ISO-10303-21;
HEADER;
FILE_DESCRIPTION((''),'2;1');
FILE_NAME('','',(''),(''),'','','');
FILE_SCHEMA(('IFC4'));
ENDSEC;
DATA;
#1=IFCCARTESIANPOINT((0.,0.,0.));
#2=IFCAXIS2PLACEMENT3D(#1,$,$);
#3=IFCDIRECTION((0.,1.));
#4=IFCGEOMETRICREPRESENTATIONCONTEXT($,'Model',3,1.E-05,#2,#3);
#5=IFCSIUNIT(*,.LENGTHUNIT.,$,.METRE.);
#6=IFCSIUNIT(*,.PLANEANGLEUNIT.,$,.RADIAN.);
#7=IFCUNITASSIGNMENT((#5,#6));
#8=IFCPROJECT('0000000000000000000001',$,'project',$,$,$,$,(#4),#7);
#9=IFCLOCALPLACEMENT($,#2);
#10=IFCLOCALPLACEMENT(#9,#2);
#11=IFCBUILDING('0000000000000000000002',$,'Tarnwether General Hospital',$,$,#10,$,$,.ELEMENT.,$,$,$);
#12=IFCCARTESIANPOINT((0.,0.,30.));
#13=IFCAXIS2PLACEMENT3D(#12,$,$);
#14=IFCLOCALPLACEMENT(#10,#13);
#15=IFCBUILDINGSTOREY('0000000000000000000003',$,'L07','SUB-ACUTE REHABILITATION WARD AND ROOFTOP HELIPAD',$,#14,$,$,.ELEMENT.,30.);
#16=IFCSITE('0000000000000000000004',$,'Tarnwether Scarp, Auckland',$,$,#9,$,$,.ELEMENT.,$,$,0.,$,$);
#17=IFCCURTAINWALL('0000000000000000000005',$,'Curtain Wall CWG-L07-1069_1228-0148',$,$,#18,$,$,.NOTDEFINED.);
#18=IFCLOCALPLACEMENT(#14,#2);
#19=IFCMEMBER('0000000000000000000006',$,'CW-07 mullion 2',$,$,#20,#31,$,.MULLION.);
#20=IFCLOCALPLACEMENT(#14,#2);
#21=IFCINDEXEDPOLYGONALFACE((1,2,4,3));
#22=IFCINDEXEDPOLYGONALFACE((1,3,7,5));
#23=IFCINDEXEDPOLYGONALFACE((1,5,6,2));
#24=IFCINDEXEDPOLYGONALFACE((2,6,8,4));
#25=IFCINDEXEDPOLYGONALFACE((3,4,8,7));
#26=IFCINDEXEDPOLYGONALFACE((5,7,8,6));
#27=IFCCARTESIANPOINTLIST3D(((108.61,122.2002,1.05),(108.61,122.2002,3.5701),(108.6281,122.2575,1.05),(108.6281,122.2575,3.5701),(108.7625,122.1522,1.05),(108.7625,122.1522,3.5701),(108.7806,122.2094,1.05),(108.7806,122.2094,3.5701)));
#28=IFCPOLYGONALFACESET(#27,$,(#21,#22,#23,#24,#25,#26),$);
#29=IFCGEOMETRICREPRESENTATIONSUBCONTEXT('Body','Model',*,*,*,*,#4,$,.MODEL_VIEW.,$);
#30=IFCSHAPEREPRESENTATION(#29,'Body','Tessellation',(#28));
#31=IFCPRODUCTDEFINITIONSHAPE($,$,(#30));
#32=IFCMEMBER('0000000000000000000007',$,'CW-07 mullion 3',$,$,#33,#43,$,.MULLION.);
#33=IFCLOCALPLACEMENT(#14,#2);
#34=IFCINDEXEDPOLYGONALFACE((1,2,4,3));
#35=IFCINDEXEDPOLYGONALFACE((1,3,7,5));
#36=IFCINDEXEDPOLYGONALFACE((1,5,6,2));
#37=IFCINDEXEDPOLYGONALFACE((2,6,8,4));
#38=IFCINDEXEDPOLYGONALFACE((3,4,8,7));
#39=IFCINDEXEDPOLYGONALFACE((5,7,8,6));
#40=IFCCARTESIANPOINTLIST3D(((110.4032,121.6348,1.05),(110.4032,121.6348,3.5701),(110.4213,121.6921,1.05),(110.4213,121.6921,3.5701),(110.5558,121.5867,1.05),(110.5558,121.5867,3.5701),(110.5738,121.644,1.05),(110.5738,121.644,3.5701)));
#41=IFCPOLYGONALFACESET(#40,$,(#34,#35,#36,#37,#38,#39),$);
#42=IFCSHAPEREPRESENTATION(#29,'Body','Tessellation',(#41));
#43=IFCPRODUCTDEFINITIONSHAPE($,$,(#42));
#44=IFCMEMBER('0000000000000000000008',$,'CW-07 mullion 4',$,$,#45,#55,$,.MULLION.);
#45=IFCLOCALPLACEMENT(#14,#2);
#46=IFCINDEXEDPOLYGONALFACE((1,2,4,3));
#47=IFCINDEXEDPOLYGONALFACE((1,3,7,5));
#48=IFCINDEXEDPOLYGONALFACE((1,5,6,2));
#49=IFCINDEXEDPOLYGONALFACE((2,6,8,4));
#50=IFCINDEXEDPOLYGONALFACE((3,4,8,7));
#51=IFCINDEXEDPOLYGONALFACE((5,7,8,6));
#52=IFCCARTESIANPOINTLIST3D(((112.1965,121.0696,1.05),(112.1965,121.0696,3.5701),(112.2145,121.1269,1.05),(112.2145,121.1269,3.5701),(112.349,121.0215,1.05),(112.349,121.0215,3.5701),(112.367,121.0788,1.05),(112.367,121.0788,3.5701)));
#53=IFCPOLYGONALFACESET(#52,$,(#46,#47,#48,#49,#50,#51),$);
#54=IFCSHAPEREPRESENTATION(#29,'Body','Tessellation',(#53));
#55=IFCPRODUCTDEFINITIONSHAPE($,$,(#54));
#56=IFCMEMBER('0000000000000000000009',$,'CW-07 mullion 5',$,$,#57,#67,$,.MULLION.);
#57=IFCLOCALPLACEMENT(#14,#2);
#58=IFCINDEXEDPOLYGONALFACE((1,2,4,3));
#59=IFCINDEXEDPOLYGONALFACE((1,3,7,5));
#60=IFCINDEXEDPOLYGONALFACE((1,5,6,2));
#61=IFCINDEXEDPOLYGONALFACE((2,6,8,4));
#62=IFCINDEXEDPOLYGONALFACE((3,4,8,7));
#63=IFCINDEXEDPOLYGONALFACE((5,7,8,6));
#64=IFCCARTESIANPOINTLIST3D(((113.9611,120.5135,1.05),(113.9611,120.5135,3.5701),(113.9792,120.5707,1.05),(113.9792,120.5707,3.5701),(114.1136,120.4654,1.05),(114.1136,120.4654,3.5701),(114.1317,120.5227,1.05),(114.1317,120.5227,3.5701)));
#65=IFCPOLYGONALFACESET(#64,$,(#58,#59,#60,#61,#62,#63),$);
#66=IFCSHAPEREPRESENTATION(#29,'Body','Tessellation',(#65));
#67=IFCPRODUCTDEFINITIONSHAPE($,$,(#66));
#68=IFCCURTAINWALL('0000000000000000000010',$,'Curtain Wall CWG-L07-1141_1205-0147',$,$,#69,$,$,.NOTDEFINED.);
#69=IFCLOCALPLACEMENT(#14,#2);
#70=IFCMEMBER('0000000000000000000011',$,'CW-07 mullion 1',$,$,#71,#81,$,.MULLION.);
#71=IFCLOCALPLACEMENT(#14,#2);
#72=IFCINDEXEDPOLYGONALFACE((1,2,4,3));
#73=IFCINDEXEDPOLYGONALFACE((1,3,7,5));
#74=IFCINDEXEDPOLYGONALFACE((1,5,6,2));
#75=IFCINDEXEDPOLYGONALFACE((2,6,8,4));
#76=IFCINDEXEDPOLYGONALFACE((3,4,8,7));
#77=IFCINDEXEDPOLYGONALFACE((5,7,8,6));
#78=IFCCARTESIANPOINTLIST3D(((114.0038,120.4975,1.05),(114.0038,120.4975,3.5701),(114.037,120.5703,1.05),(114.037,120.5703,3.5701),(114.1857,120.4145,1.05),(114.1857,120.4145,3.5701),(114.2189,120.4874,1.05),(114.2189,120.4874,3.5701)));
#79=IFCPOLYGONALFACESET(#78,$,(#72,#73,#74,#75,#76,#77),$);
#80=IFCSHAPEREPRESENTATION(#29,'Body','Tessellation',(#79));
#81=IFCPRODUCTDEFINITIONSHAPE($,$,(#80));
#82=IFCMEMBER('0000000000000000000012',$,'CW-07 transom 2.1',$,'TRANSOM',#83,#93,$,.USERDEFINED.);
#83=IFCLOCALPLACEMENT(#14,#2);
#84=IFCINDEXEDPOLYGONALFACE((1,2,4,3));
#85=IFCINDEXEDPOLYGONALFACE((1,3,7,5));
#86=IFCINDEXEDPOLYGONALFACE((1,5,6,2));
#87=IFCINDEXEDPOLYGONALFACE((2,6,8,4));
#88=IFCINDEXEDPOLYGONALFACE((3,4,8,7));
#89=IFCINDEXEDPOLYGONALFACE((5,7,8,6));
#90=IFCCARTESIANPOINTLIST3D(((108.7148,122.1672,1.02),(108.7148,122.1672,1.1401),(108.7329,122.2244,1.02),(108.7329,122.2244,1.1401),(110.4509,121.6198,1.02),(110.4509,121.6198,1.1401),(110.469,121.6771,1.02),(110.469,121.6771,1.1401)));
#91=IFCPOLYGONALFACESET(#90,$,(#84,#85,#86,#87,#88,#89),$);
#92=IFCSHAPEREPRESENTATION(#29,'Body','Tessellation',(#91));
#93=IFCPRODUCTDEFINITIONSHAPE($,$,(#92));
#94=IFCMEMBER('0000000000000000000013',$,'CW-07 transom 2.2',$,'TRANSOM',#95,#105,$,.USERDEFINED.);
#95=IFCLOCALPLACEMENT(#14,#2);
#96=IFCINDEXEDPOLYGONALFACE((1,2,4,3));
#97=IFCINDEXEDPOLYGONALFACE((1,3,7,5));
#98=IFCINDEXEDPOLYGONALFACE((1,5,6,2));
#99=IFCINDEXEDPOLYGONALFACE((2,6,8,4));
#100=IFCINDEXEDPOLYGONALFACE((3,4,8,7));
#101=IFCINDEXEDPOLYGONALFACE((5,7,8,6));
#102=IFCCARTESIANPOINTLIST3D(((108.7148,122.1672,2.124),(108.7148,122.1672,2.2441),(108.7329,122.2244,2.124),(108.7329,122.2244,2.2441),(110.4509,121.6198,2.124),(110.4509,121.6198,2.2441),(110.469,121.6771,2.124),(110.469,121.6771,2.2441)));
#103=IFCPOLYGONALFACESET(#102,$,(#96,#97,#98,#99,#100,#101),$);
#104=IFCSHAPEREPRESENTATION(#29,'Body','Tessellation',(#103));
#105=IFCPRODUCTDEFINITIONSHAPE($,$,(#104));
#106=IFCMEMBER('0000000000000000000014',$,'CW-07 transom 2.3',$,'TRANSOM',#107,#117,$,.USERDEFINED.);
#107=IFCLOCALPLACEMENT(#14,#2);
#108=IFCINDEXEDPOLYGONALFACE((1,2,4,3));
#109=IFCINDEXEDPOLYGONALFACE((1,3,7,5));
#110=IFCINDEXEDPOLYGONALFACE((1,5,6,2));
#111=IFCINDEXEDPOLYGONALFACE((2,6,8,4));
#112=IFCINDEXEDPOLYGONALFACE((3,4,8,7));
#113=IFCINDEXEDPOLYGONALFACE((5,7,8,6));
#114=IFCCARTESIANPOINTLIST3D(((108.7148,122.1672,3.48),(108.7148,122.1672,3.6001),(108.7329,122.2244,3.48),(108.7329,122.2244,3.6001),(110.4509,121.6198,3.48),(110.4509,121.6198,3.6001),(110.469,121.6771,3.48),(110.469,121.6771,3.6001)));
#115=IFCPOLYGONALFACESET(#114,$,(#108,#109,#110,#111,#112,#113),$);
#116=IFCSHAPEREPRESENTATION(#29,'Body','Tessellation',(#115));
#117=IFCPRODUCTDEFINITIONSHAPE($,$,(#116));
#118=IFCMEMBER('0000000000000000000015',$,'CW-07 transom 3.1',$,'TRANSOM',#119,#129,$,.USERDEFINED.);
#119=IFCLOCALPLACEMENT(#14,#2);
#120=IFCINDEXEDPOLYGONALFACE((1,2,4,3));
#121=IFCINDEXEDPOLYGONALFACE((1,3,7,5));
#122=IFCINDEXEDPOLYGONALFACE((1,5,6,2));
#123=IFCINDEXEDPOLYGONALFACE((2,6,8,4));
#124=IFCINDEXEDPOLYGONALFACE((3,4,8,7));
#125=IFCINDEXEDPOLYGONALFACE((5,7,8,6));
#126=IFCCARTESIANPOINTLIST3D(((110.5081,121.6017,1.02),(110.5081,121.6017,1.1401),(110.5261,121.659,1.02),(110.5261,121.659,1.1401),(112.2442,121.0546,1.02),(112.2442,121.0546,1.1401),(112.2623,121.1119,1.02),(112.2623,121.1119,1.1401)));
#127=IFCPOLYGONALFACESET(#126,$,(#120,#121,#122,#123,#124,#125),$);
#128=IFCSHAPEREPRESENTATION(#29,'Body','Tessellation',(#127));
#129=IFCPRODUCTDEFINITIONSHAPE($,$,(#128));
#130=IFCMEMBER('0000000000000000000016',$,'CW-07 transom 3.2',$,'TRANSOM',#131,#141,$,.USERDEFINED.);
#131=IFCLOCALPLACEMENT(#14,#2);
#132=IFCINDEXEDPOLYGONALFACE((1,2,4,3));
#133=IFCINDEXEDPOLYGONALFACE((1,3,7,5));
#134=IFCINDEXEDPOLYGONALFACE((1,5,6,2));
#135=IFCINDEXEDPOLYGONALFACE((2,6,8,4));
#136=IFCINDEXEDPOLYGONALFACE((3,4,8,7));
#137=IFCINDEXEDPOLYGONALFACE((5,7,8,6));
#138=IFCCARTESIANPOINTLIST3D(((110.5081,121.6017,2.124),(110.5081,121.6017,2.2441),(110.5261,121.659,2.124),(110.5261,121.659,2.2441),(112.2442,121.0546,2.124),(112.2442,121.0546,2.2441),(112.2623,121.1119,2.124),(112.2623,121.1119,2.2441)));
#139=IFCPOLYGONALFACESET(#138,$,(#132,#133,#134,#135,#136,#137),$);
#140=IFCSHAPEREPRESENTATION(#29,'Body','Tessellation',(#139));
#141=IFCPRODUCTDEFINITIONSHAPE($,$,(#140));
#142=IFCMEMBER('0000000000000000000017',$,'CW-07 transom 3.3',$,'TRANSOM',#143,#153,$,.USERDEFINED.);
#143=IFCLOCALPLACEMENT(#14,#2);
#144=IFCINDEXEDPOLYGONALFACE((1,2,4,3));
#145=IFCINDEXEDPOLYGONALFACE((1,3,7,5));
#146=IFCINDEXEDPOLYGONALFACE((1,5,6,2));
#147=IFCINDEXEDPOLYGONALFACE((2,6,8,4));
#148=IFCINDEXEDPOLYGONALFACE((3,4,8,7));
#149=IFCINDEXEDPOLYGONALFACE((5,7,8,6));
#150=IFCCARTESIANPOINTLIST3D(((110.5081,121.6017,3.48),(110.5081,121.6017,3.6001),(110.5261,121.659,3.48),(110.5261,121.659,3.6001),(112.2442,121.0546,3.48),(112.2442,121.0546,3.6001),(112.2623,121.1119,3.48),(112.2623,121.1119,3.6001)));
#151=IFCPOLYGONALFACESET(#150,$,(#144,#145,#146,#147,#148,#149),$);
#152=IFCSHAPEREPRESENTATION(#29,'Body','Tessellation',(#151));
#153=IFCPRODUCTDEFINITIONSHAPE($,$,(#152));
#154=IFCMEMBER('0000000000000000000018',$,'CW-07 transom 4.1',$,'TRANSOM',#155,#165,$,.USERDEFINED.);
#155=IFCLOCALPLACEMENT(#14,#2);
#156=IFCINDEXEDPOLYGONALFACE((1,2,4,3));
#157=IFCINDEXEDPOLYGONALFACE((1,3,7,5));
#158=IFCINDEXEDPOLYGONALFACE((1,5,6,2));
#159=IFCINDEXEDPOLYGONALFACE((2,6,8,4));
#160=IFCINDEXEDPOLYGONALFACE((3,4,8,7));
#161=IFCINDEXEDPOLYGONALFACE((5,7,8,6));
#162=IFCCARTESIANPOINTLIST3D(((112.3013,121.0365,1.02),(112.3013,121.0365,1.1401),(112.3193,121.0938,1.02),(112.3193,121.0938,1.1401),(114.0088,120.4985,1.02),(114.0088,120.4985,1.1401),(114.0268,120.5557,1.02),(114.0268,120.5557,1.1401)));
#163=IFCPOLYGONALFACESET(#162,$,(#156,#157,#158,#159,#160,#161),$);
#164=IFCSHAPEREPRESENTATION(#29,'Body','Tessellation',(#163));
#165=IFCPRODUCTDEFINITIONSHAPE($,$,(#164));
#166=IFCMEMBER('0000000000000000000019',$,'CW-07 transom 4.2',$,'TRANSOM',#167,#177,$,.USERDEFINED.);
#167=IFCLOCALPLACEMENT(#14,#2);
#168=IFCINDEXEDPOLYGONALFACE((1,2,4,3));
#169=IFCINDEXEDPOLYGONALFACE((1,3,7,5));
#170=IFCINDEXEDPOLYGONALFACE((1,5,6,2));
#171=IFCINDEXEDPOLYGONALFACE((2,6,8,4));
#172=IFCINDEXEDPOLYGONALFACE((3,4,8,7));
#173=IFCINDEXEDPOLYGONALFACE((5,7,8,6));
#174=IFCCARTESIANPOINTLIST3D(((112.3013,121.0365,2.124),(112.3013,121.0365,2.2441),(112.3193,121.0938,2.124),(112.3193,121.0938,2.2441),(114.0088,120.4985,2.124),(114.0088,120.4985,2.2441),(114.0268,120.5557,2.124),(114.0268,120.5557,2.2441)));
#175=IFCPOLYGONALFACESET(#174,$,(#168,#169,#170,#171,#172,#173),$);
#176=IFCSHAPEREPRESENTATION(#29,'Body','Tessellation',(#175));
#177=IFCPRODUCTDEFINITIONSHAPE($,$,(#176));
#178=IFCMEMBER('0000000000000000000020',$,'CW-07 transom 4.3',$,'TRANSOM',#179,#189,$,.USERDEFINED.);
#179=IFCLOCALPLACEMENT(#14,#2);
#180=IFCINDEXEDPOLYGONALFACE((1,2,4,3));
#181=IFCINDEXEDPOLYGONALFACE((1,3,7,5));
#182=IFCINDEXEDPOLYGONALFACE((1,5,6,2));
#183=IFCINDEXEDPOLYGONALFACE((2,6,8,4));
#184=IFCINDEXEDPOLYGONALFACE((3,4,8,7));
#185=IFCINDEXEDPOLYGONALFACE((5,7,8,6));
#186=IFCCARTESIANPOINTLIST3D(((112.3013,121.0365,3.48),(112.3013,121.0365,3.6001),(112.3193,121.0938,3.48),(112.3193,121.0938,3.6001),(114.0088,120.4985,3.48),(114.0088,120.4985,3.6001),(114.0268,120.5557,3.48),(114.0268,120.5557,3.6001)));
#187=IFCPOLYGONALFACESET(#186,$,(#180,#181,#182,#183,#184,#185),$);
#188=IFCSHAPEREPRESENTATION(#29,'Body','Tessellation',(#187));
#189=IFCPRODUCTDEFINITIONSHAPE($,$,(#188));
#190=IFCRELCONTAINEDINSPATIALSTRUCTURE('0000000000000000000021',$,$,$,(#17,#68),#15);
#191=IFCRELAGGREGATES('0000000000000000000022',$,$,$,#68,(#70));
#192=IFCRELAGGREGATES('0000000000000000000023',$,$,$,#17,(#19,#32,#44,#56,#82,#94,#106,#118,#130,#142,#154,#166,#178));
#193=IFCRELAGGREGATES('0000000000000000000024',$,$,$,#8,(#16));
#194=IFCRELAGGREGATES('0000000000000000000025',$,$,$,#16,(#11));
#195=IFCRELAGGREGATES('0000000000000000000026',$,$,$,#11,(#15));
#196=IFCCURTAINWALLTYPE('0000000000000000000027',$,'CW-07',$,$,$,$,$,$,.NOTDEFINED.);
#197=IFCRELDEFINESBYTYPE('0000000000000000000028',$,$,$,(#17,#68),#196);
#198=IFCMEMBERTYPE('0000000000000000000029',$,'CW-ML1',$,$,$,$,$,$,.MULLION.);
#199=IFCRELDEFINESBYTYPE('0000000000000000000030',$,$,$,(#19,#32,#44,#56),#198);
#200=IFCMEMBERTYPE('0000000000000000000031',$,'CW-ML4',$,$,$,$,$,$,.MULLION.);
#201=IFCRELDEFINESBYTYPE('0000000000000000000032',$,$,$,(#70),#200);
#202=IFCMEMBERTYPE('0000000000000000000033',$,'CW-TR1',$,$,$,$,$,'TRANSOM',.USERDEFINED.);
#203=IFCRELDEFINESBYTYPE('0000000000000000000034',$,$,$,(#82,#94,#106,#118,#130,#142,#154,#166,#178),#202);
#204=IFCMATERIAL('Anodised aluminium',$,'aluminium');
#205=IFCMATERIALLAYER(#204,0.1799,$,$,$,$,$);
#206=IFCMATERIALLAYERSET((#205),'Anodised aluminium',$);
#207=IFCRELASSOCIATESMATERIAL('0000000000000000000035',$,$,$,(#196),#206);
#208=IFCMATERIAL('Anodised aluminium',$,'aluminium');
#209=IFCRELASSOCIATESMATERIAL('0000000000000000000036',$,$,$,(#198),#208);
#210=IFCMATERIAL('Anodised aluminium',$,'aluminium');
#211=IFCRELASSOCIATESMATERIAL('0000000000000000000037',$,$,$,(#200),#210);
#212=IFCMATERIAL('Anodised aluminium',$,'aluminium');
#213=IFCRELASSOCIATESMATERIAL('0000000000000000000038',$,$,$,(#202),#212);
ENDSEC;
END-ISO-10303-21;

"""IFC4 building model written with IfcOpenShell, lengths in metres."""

from ifc_helpers import new_model, si_unit, direction, frame, origin, origin_2d, place, context, subcontext, project, spatial, rectangle, extrude, material, layer, layer_set, material_profile, profile_set, type_object, element, aggregate, save


model = new_model("IFC4")

# Units and contexts
model_context = context("Model", 3, precision=1e-05, world=origin(), true_north=direction((0.0, 1.0)))
body_context = subcontext(model_context, "Body", "Model", "MODEL_VIEW")
ifc_project = project(units=[si_unit("LENGTHUNIT", "METRE"), si_unit("PLANEANGLEUNIT", "RADIAN")], contexts=[model_context])

# Site, building, storey
site_placement = place(None, origin())
site = spatial("IfcSite", under=ifc_project, at=site_placement, Name="Tarnwether Scarp, Auckland", CompositionType="ELEMENT", RefElevation=0.0)
building_placement = place(site_placement, origin())
building = spatial("IfcBuilding", under=site, at=building_placement, Name="Tarnwether General Hospital", CompositionType="ELEMENT")
storey_placement = place(building_placement, frame((0.0, 0.0, 30.0)))
storey = spatial("IfcBuildingStorey", under=building, at=storey_placement, Name="L07", Description="SUB-ACUTE REHABILITATION WARD AND ROOFTOP HELIPAD", CompositionType="ELEMENT", Elevation=30.0)

# Curtain wall, members
ifc_material_1 = material(Name="Anodised aluminium", Category="aluminium")
ifc_layer_1 = layer(ifc_material_1, 0.1799)
ifc_layer_set_1 = layer_set([ifc_layer_1], Name="Anodised aluminium")
curtain_wall_type = type_object("IfcCurtainWallType", Name="CW-07", PredefinedType="NOTDEFINED", material=ifc_layer_set_1)
curtain_wall_1_placement = place(storey_placement, origin())
curtain_wall_1 = element("IfcCurtainWall", 1, at=curtain_wall_1_placement, inside=storey, type_object=curtain_wall_type, Name="Curtain Wall CWG-L07-1069_1228-0148", PredefinedType="NOTDEFINED")
ifc_material_2 = material(Name="Anodised aluminium", Category="aluminium")
ifc_material_profile_1 = material_profile(ifc_material_2, rectangle(XDim=0.0601, YDim=0.1599, at=origin_2d()), Name="ALU-MUL-60x160")
ifc_profile_set_1 = profile_set([ifc_material_profile_1], Name="Anodised aluminium")
member_type_1 = type_object("IfcMemberType", Name="CW-ML1", PredefinedType="MULLION", material=ifc_profile_set_1)
member_1_placement = place(storey_placement, frame((108.6953, 122.2048, 1.05), z_axis=(0.0, 0.0, 1.0), x_axis=(0.300629, 0.953741, 0.0)))
member_1 = element("IfcMember", 2, at=member_1_placement, type_object=member_type_1, Name="CW-07 mullion 2", PredefinedType="MULLION", context=body_context, shape_type="SweptSolid", body=[
    extrude(rectangle(XDim=0.0601, YDim=0.1599, at=origin_2d()), origin(), (0.0, 0.0, 1.0), 2.52),
])
member_2_placement = place(storey_placement, frame((110.4885, 121.6394, 1.05), z_axis=(0.0, 0.0, 1.0), x_axis=(0.300629, 0.953741, 0.0)))
member_2 = element("IfcMember", 3, at=member_2_placement, type_object=member_type_1, Name="CW-07 mullion 3", PredefinedType="MULLION", context=body_context, shape_type="SweptSolid", body=[
    extrude(rectangle(XDim=0.0601, YDim=0.1599, at=origin_2d()), origin(), (0.0, 0.0, 1.0), 2.52),
])
member_3_placement = place(storey_placement, frame((112.2817, 121.0742, 1.05), z_axis=(0.0, 0.0, 1.0), x_axis=(0.300629, 0.953741, 0.0)))
member_3 = element("IfcMember", 4, at=member_3_placement, type_object=member_type_1, Name="CW-07 mullion 4", PredefinedType="MULLION", context=body_context, shape_type="SweptSolid", body=[
    extrude(rectangle(XDim=0.0601, YDim=0.1599, at=origin_2d()), origin(), (0.0, 0.0, 1.0), 2.52),
])
member_4_placement = place(storey_placement, frame((114.0464, 120.5181, 1.05), z_axis=(0.0, 0.0, 1.0), x_axis=(0.300629, 0.953741, 0.0)))
member_4 = element("IfcMember", 5, at=member_4_placement, type_object=member_type_1, Name="CW-07 mullion 5", PredefinedType="MULLION", context=body_context, shape_type="SweptSolid", body=[
    extrude(rectangle(XDim=0.0601, YDim=0.1599, at=origin_2d()), origin(), (0.0, 0.0, 1.0), 2.52),
])

# Curtain wall, member
curtain_wall_2_placement = place(storey_placement, origin())
curtain_wall_2 = element("IfcCurtainWall", 6, at=curtain_wall_2_placement, inside=storey, type_object=curtain_wall_type, Name="Curtain Wall CWG-L07-1141_1205-0147", PredefinedType="NOTDEFINED")
ifc_material_3 = material(Name="Anodised aluminium", Category="aluminium")
ifc_material_profile_2 = material_profile(ifc_material_3, rectangle(XDim=0.0801, YDim=0.2, at=origin_2d()), Name="ALU-MUL-80x200")
ifc_profile_set_2 = profile_set([ifc_material_profile_2], Name="Anodised aluminium")
member_type_2 = type_object("IfcMemberType", Name="CW-ML4", PredefinedType="MULLION", material=ifc_profile_set_2)
member_5_placement = place(storey_placement, frame((114.1113, 120.4924, 1.05), z_axis=(0.0, 0.0, 1.0), x_axis=(0.414694, 0.909961, 0.0)))
member_5 = element("IfcMember", 7, at=member_5_placement, type_object=member_type_2, Name="CW-07 mullion 1", PredefinedType="MULLION", context=body_context, shape_type="SweptSolid", body=[
    extrude(rectangle(XDim=0.0801, YDim=0.2, at=origin_2d()), origin(), (0.0, 0.0, 1.0), 2.52),
])

# Members
ifc_material_4 = material(Name="Anodised aluminium", Category="aluminium")
ifc_material_profile_3 = material_profile(ifc_material_4, rectangle(XDim=0.0601, YDim=0.1201, at=origin_2d()), Name="ALU-TRN-60x120")
ifc_profile_set_3 = profile_set([ifc_material_profile_3], Name="Anodised aluminium")
member_type_3 = type_object("IfcMemberType", Name="CW-TR1", ElementType="TRANSOM", PredefinedType="USERDEFINED", material=ifc_profile_set_3)
member_6_placement = place(storey_placement, frame((108.7239, 122.1958, 1.0801), z_axis=(0.95372, -0.300695, 0.0), x_axis=(0.300695, 0.95372, 0.0)))
member_6 = element("IfcMember", 8, at=member_6_placement, type_object=member_type_3, Name="CW-07 transom 2.1", ObjectType="TRANSOM", PredefinedType="USERDEFINED", context=body_context, shape_type="SweptSolid", body=[
    extrude(rectangle(XDim=0.0601, YDim=0.1201, at=origin_2d()), origin(), (0.0, 0.0, 1.0), 1.8203),
])
member_7_placement = place(storey_placement, frame((108.7239, 122.1958, 2.1841), z_axis=(0.95372, -0.300695, 0.0), x_axis=(0.300695, 0.95372, 0.0)))
member_7 = element("IfcMember", 9, at=member_7_placement, type_object=member_type_3, Name="CW-07 transom 2.2", ObjectType="TRANSOM", PredefinedType="USERDEFINED", context=body_context, shape_type="SweptSolid", body=[
    extrude(rectangle(XDim=0.0601, YDim=0.1201, at=origin_2d()), origin(), (0.0, 0.0, 1.0), 1.8203),
])
member_8_placement = place(storey_placement, frame((108.7239, 122.1958, 3.54), z_axis=(0.95372, -0.300695, 0.0), x_axis=(0.300695, 0.95372, 0.0)))
member_8 = element("IfcMember", 10, at=member_8_placement, type_object=member_type_3, Name="CW-07 transom 2.3", ObjectType="TRANSOM", PredefinedType="USERDEFINED", context=body_context, shape_type="SweptSolid", body=[
    extrude(rectangle(XDim=0.0601, YDim=0.1201, at=origin_2d()), origin(), (0.0, 0.0, 1.0), 1.8203),
])
member_9_placement = place(storey_placement, frame((110.5171, 121.6304, 1.0801), z_axis=(0.953759, -0.300573, 0.0), x_axis=(0.300573, 0.953759, 0.0)))
member_9 = element("IfcMember", 11, at=member_9_placement, type_object=member_type_3, Name="CW-07 transom 3.1", ObjectType="TRANSOM", PredefinedType="USERDEFINED", context=body_context, shape_type="SweptSolid", body=[
    extrude(rectangle(XDim=0.0601, YDim=0.1201, at=origin_2d()), origin(), (0.0, 0.0, 1.0), 1.8203),
])
member_10_placement = place(storey_placement, frame((110.5171, 121.6304, 2.1841), z_axis=(0.953759, -0.300573, 0.0), x_axis=(0.300573, 0.953759, 0.0)))
member_10 = element("IfcMember", 12, at=member_10_placement, type_object=member_type_3, Name="CW-07 transom 3.2", ObjectType="TRANSOM", PredefinedType="USERDEFINED", context=body_context, shape_type="SweptSolid", body=[
    extrude(rectangle(XDim=0.0601, YDim=0.1201, at=origin_2d()), origin(), (0.0, 0.0, 1.0), 1.8203),
])
member_11_placement = place(storey_placement, frame((110.5171, 121.6304, 3.54), z_axis=(0.953759, -0.300573, 0.0), x_axis=(0.300573, 0.953759, 0.0)))
member_11 = element("IfcMember", 13, at=member_11_placement, type_object=member_type_3, Name="CW-07 transom 3.3", ObjectType="TRANSOM", PredefinedType="USERDEFINED", context=body_context, shape_type="SweptSolid", body=[
    extrude(rectangle(XDim=0.0601, YDim=0.1201, at=origin_2d()), origin(), (0.0, 0.0, 1.0), 1.8203),
])
member_12_placement = place(storey_placement, frame((112.3103, 121.0652, 1.0801), z_axis=(0.953764, -0.300557, 0.0), x_axis=(0.300557, 0.953764, 0.0)))
member_12 = element("IfcMember", 14, at=member_12_placement, type_object=member_type_3, Name="CW-07 transom 4.1", ObjectType="TRANSOM", PredefinedType="USERDEFINED", context=body_context, shape_type="SweptSolid", body=[
    extrude(rectangle(XDim=0.0601, YDim=0.1201, at=origin_2d()), origin(), (0.0, 0.0, 1.0), 1.7903),
])
member_13_placement = place(storey_placement, frame((112.3103, 121.0652, 2.1841), z_axis=(0.953764, -0.300557, 0.0), x_axis=(0.300557, 0.953764, 0.0)))
member_13 = element("IfcMember", 15, at=member_13_placement, type_object=member_type_3, Name="CW-07 transom 4.2", ObjectType="TRANSOM", PredefinedType="USERDEFINED", context=body_context, shape_type="SweptSolid", body=[
    extrude(rectangle(XDim=0.0601, YDim=0.1201, at=origin_2d()), origin(), (0.0, 0.0, 1.0), 1.7903),
])
member_14_placement = place(storey_placement, frame((112.3103, 121.0652, 3.54), z_axis=(0.953764, -0.300557, 0.0), x_axis=(0.300557, 0.953764, 0.0)))
member_14 = element("IfcMember", 16, at=member_14_placement, type_object=member_type_3, Name="CW-07 transom 4.3", ObjectType="TRANSOM", PredefinedType="USERDEFINED", context=body_context, shape_type="SweptSolid", body=[
    extrude(rectangle(XDim=0.0601, YDim=0.1201, at=origin_2d()), origin(), (0.0, 0.0, 1.0), 1.7903),
])
aggregate(curtain_wall_2, [member_5])

aggregate(curtain_wall_1, [member_1, member_2, member_3, member_4, member_6, member_7, member_8, member_9, member_10, member_11, member_12, member_13, member_14])

save(model, "model.ifc")
